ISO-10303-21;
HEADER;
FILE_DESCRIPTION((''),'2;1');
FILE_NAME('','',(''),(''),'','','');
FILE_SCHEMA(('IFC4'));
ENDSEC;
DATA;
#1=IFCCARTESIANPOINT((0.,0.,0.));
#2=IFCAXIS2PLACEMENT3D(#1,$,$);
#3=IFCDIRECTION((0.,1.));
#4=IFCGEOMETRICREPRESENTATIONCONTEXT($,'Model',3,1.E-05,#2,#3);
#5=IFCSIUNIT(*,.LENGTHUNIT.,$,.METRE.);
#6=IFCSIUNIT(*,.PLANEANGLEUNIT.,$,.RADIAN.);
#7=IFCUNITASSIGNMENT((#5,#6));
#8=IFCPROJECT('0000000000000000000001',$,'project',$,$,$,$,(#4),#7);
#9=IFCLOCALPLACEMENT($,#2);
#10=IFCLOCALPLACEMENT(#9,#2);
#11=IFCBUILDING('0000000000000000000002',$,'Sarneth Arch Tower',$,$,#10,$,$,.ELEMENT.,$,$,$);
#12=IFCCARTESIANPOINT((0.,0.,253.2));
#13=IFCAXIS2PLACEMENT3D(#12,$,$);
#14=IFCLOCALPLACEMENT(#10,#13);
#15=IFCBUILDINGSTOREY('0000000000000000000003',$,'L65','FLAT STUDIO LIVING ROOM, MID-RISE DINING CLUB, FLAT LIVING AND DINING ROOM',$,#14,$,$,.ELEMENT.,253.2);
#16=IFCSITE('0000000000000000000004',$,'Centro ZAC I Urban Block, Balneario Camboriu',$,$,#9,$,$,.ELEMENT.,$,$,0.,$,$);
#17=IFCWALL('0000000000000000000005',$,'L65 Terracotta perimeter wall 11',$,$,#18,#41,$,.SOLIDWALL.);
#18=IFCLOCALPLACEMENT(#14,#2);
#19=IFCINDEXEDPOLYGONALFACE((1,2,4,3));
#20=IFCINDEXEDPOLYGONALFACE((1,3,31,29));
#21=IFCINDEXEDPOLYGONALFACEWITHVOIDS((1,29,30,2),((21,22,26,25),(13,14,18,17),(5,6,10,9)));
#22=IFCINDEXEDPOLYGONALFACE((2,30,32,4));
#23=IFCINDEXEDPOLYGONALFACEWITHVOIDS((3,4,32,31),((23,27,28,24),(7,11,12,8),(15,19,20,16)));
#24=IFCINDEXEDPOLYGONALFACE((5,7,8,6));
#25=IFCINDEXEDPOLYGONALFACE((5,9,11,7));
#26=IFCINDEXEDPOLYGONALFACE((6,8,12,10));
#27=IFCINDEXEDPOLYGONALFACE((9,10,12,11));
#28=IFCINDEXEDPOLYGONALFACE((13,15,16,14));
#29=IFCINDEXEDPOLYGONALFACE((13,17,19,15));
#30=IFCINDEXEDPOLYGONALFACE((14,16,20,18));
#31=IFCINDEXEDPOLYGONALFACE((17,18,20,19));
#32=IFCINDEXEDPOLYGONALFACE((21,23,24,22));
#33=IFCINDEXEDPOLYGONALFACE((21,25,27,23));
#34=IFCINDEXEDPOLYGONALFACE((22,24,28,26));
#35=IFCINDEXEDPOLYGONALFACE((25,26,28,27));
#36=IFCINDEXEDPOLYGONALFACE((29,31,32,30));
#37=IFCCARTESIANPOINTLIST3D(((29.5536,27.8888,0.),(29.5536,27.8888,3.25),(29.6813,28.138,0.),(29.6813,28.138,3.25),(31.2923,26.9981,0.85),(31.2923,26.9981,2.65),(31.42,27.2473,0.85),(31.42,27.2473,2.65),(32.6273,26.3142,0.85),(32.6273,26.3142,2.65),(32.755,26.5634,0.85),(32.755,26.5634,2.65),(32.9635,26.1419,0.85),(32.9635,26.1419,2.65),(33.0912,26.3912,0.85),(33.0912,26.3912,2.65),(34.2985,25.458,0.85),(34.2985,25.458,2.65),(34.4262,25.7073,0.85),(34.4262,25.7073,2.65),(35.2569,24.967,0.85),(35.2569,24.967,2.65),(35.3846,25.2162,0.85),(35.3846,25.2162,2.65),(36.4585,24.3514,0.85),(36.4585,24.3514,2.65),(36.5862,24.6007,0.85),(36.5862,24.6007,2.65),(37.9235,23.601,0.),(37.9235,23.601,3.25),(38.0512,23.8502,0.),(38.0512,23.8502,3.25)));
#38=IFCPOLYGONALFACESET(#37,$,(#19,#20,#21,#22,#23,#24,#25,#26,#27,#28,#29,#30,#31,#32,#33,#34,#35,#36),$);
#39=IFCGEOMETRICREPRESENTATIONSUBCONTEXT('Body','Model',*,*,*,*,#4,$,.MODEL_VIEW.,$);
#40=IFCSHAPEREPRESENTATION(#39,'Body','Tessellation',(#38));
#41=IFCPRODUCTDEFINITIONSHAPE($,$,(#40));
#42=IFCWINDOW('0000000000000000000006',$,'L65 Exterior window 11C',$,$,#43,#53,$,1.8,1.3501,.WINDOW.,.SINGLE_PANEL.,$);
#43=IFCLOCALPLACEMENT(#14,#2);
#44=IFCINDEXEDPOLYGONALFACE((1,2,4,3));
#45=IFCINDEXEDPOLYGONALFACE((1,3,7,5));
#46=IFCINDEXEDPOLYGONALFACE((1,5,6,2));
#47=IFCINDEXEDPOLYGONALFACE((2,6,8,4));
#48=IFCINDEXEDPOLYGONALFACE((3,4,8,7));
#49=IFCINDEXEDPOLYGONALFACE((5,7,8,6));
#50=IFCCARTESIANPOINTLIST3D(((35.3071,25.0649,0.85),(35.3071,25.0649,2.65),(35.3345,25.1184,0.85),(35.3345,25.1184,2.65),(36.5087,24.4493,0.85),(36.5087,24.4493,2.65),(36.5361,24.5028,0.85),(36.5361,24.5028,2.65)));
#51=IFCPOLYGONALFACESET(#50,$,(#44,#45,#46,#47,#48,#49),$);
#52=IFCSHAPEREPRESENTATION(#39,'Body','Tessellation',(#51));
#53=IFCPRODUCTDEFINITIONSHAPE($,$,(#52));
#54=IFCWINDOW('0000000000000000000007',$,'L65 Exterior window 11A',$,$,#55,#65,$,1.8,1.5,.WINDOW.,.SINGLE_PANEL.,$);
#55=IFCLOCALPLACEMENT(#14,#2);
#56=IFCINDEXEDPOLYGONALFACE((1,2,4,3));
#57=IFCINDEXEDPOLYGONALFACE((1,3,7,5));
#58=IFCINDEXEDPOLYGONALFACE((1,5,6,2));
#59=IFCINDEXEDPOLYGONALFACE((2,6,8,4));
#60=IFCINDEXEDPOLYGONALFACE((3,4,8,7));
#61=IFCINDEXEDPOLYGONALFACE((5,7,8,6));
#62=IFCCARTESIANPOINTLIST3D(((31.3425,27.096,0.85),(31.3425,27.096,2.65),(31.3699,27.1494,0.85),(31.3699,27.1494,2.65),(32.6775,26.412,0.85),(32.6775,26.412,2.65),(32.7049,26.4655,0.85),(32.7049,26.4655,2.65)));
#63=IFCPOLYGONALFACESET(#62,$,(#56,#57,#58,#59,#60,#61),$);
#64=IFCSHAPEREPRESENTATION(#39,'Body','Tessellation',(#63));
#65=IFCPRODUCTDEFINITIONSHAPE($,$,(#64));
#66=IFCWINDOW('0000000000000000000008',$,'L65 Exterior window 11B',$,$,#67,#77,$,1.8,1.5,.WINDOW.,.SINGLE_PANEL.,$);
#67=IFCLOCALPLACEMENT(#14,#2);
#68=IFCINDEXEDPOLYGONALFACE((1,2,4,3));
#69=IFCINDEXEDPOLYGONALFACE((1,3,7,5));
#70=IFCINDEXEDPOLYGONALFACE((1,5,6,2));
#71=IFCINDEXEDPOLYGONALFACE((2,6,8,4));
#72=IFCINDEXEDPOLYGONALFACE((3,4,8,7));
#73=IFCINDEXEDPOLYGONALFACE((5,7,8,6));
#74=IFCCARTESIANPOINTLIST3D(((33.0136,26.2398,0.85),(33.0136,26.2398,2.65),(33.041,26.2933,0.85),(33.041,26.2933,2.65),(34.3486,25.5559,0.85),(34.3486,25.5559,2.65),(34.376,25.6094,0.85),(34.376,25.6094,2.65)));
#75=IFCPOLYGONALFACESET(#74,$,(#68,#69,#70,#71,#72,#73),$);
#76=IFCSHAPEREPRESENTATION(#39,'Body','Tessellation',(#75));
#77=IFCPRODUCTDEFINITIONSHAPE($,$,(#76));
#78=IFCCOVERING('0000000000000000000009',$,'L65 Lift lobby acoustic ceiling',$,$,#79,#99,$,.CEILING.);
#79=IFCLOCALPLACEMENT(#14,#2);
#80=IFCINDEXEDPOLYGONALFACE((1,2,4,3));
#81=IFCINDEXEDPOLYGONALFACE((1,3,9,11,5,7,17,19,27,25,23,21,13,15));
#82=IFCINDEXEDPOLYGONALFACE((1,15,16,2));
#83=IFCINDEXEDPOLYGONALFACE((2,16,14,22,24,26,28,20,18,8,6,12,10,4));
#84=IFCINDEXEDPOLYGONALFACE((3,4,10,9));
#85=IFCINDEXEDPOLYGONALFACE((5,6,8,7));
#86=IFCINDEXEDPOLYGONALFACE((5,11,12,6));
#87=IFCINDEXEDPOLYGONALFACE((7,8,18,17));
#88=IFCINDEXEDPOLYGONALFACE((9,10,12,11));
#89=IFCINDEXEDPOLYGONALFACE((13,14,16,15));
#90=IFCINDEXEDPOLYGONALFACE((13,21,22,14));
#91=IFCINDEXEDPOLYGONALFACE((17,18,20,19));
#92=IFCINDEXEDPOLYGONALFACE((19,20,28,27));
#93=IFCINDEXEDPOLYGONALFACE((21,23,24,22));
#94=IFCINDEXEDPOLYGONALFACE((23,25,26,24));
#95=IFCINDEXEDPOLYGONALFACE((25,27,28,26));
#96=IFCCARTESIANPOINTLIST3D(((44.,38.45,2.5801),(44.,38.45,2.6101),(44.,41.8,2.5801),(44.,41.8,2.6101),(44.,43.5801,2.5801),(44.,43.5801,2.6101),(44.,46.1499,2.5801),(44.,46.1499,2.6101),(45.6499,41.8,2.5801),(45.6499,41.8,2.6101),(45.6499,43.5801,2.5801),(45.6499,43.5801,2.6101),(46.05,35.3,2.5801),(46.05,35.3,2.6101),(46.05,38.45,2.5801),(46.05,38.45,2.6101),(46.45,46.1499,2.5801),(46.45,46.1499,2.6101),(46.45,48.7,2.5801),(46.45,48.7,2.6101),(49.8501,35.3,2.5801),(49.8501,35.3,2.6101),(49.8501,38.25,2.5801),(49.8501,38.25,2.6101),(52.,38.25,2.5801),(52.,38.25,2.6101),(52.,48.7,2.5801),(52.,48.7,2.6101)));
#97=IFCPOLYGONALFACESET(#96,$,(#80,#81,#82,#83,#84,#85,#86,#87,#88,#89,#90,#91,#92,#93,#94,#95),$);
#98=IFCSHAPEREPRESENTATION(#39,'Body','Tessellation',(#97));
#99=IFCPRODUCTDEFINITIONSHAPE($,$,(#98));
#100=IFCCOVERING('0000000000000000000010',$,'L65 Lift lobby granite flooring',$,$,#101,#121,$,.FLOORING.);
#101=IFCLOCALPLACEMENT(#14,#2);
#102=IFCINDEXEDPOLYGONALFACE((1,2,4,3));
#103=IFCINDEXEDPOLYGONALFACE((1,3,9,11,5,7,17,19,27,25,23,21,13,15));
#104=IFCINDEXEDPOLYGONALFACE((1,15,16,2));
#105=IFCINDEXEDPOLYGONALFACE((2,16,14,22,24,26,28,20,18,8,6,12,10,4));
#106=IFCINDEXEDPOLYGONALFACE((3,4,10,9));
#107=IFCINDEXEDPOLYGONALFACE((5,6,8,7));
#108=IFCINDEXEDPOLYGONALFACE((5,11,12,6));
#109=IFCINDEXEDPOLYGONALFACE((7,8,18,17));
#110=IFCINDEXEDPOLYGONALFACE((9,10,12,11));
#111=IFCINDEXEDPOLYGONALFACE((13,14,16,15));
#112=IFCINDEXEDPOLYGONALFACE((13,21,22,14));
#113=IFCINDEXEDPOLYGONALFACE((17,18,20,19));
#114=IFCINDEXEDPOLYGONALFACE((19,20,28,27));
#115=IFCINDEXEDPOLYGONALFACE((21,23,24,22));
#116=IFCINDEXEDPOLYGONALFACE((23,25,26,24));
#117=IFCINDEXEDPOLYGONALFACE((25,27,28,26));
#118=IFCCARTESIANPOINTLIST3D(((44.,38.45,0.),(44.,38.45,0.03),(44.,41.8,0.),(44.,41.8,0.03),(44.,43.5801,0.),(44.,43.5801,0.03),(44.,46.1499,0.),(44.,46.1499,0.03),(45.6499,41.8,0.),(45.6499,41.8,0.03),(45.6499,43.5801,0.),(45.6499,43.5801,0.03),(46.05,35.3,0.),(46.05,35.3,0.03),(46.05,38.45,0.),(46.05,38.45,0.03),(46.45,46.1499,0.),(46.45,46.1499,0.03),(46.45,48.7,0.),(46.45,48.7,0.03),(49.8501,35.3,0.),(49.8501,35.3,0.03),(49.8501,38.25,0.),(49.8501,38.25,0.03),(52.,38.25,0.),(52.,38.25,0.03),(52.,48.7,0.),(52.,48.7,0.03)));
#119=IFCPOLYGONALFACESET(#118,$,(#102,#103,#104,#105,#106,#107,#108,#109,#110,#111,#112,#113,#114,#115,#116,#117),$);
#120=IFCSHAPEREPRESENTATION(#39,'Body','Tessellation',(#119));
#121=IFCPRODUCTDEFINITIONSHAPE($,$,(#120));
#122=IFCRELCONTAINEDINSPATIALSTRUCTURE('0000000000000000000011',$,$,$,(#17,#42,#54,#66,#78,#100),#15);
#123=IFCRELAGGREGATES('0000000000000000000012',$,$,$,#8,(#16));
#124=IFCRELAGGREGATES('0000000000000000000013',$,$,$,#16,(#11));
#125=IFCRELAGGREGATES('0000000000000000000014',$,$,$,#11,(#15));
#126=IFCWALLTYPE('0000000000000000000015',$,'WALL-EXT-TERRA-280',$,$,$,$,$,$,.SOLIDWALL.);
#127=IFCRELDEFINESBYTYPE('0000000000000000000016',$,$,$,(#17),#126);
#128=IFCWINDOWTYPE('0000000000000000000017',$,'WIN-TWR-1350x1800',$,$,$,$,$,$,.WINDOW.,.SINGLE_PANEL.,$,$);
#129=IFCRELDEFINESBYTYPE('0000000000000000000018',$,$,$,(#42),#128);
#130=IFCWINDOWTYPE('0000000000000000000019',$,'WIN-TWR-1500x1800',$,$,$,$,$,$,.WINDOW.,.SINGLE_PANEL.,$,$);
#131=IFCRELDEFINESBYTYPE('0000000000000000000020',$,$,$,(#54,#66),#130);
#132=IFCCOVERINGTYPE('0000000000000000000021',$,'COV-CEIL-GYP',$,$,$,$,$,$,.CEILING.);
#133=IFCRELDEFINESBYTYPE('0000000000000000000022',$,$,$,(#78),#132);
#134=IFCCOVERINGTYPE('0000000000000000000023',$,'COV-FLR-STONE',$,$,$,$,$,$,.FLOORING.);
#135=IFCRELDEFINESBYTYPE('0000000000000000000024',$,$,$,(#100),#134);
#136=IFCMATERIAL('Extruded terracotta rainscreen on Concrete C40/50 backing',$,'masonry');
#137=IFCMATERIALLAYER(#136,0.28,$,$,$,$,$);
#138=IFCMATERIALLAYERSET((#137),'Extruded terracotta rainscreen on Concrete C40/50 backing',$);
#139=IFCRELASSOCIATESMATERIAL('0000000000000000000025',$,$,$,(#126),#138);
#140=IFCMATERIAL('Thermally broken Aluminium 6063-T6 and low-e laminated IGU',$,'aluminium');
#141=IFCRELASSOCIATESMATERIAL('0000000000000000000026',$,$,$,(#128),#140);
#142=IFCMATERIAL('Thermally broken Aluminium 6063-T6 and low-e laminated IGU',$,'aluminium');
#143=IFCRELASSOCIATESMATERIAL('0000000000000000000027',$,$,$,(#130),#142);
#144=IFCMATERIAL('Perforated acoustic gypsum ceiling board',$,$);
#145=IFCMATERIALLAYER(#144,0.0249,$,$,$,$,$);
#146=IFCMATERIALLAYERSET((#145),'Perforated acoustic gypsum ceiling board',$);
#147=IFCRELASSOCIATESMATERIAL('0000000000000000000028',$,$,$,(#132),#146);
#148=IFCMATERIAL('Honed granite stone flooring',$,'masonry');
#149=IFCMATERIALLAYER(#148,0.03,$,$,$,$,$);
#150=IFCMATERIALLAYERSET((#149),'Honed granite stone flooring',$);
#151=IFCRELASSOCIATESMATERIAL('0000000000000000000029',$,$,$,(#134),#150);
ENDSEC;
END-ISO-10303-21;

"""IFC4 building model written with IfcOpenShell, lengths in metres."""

from ifc_helpers import new_model, si_unit, direction, frame, frame_2d, origin, place, context, subcontext, project, spatial, polyline, rectangle, outline, extrude, material, layer, layer_set, type_object, element, fill, save


model = new_model("IFC4")

# Units and contexts
model_context = context("Model", 3, precision=1e-05, world=origin(), true_north=direction((0.0, 1.0)))
body_context = subcontext(model_context, "Body", "Model", "MODEL_VIEW")
ifc_project = project(units=[si_unit("LENGTHUNIT", "METRE"), si_unit("PLANEANGLEUNIT", "RADIAN")], contexts=[model_context])

# Site, building, storey
site_placement = place(None, origin())
site = spatial("IfcSite", under=ifc_project, at=site_placement, Name="Centro ZAC I Urban Block, Balneario Camboriu", CompositionType="ELEMENT", RefElevation=0.0)
building_placement = place(site_placement, origin())
building = spatial("IfcBuilding", under=site, at=building_placement, Name="Sarneth Arch Tower", CompositionType="ELEMENT")
storey_placement = place(building_placement, frame((0.0, 0.0, 253.2)))
storey = spatial("IfcBuildingStorey", under=building, at=storey_placement, Name="L65", Description="FLAT STUDIO LIVING ROOM, MID-RISE DINING CLUB, FLAT LIVING AND DINING ROOM", CompositionType="ELEMENT", Elevation=253.2)

# Wall, openings, windows
ifc_material_1 = material(Name="Extruded terracotta rainscreen on Concrete C40/50 backing", Category="masonry")
ifc_layer_1 = layer(ifc_material_1, 0.28)
ifc_layer_set_1 = layer_set([ifc_layer_1], Name="Extruded terracotta rainscreen on Concrete C40/50 backing")
wall_type = type_object("IfcWallType", Name="WALL-EXT-TERRA-280", PredefinedType="SOLIDWALL", material=ifc_layer_set_1)
wall_placement = place(storey_placement, frame((29.6174, 28.0134, 0.0), z_axis=(0.0, 0.0, 1.0), x_axis=(0.890007, -0.455946, 0.0)))
wall = element("IfcWall", 1, at=wall_placement, inside=storey, type_object=wall_type, Name="L65 Terracotta perimeter wall 11", PredefinedType="SOLIDWALL", context=body_context, shape_type="SweptSolid", body=[
    extrude(rectangle(XDim=9.4043, YDim=0.28, at=frame_2d((4.7021, 0.0))), origin(), (0.0, 0.0, 1.0), 3.25),
])
opening_1_placement = place(wall_placement, frame((1.9536, 0.0, 0.8501)))
opening_1 = element("IfcOpeningElement", 2, at=opening_1_placement, cuts=wall, PredefinedType="OPENING", context=body_context, shape_type="SweptSolid", body=[
    extrude(rectangle(XDim=1.5, YDim=1.8, at=frame_2d((0.75, 0.8999))), frame((0.0, 0.1499, 0.0), z_axis=(0.0, -1.0, 0.0), x_axis=(1.0, 0.0, 0.0)), (0.0, 0.0, 1.0), 0.3),
])
opening_2_placement = place(wall_placement, frame((3.8313, 0.0, 0.8501)))
opening_2 = element("IfcOpeningElement", 3, at=opening_2_placement, cuts=wall, PredefinedType="OPENING", context=body_context, shape_type="SweptSolid", body=[
    extrude(rectangle(XDim=1.5, YDim=1.8, at=frame_2d((0.75, 0.8999))), frame((0.0, 0.1499, 0.0), z_axis=(0.0, -1.0, 0.0), x_axis=(1.0, 0.0, 0.0)), (0.0, 0.0, 1.0), 0.3),
])
opening_3_placement = place(wall_placement, frame((6.4082, 0.0, 0.8501)))
opening_3 = element("IfcOpeningElement", 4, at=opening_3_placement, cuts=wall, PredefinedType="OPENING", context=body_context, shape_type="SweptSolid", body=[
    extrude(rectangle(XDim=1.3501, YDim=1.8, at=frame_2d((0.675, 0.8999))), frame((0.0, 0.1499, 0.0), z_axis=(0.0, -1.0, 0.0), x_axis=(1.0, 0.0, 0.0)), (0.0, 0.0, 1.0), 0.3),
])
ifc_material_2 = material(Name="Thermally broken Aluminium 6063-T6 and low-e laminated IGU", Category="aluminium")
window_type_1 = type_object("IfcWindowType", Name="WIN-TWR-1350x1800", PartitioningType="SINGLE_PANEL", PredefinedType="WINDOW", material=ifc_material_2)
window_1_placement = place(opening_3_placement, origin())
window_1 = element("IfcWindow", 5, at=window_1_placement, inside=storey, type_object=window_type_1, Name="L65 Exterior window 11C", OverallHeight=1.8, OverallWidth=1.3501, PartitioningType="SINGLE_PANEL", PredefinedType="WINDOW", context=body_context, shape_type="SweptSolid", body=[
    extrude(rectangle(XDim=1.3501, YDim=1.8, at=frame_2d((0.675, 0.8999))), frame((0.0, 0.03, 0.0), z_axis=(0.0, -1.0, 0.0), x_axis=(1.0, 0.0, 0.0)), (0.0, 0.0, 1.0), 0.0601),
])
fill(opening_3, window_1)
ifc_material_3 = material(Name="Thermally broken Aluminium 6063-T6 and low-e laminated IGU", Category="aluminium")
window_type_2 = type_object("IfcWindowType", Name="WIN-TWR-1500x1800", PartitioningType="SINGLE_PANEL", PredefinedType="WINDOW", material=ifc_material_3)
window_2_placement = place(opening_1_placement, origin())
window_2 = element("IfcWindow", 6, at=window_2_placement, inside=storey, type_object=window_type_2, Name="L65 Exterior window 11A", OverallHeight=1.8, OverallWidth=1.5, PartitioningType="SINGLE_PANEL", PredefinedType="WINDOW", context=body_context, shape_type="SweptSolid", body=[
    extrude(rectangle(XDim=1.5, YDim=1.8, at=frame_2d((0.75, 0.8999))), frame((0.0, 0.03, 0.0), z_axis=(0.0, -1.0, 0.0), x_axis=(1.0, 0.0, 0.0)), (0.0, 0.0, 1.0), 0.0601),
])
fill(opening_1, window_2)
window_3_placement = place(opening_2_placement, origin())
window_3 = element("IfcWindow", 7, at=window_3_placement, inside=storey, type_object=window_type_2, Name="L65 Exterior window 11B", OverallHeight=1.8, OverallWidth=1.5, PartitioningType="SINGLE_PANEL", PredefinedType="WINDOW", context=body_context, shape_type="SweptSolid", body=[
    extrude(rectangle(XDim=1.5, YDim=1.8, at=frame_2d((0.75, 0.8999))), frame((0.0, 0.03, 0.0), z_axis=(0.0, -1.0, 0.0), x_axis=(1.0, 0.0, 0.0)), (0.0, 0.0, 1.0), 0.0601),
])
fill(opening_2, window_3)

# Coverings
ifc_material_4 = material(Name="Perforated acoustic gypsum ceiling board")
ifc_layer_2 = layer(ifc_material_4, 0.0249)
ifc_layer_set_2 = layer_set([ifc_layer_2], Name="Perforated acoustic gypsum ceiling board")
covering_type_1 = type_object("IfcCoveringType", Name="COV-CEIL-GYP", PredefinedType="CEILING", material=ifc_layer_set_2)
covering_1_placement = place(storey_placement, frame((0.0, 0.0, 2.5801)))
element("IfcCovering", 8, at=covering_1_placement, inside=storey, type_object=covering_type_1, Name="L65 Lift lobby acoustic ceiling", PredefinedType="CEILING", context=body_context, shape_type="SweptSolid", body=[
    extrude(outline(polyline([(49.8501, 38.25), (49.8501, 35.3), (46.05, 35.3), (46.05, 38.45), (44.0, 38.45), (44.0, 41.8), (45.6499, 41.8), (45.6499, 43.5801), (44.0, 43.5801), (44.0, 46.1499), (46.45, 46.1499), (46.45, 48.7), (52.0, 48.7), (52.0, 38.25), (49.8501, 38.25)])), origin(), (0.0, 0.0, 1.0), 0.03),
])
ifc_material_5 = material(Name="Honed granite stone flooring", Category="masonry")
ifc_layer_3 = layer(ifc_material_5, 0.03)
ifc_layer_set_3 = layer_set([ifc_layer_3], Name="Honed granite stone flooring")
covering_type_2 = type_object("IfcCoveringType", Name="COV-FLR-STONE", PredefinedType="FLOORING", material=ifc_layer_set_3)
covering_2_placement = place(storey_placement, origin())
element("IfcCovering", 9, at=covering_2_placement, inside=storey, type_object=covering_type_2, Name="L65 Lift lobby granite flooring", PredefinedType="FLOORING", context=body_context, shape_type="SweptSolid", body=[
    extrude(outline(polyline([(49.8501, 38.25), (49.8501, 35.3), (46.05, 35.3), (46.05, 38.45), (44.0, 38.45), (44.0, 41.8), (45.6499, 41.8), (45.6499, 43.5801), (44.0, 43.5801), (44.0, 46.1499), (46.45, 46.1499), (46.45, 48.7), (52.0, 48.7), (52.0, 38.25), (49.8501, 38.25)])), origin(), (0.0, 0.0, 1.0), 0.03),
])

save(model, "model.ifc")
